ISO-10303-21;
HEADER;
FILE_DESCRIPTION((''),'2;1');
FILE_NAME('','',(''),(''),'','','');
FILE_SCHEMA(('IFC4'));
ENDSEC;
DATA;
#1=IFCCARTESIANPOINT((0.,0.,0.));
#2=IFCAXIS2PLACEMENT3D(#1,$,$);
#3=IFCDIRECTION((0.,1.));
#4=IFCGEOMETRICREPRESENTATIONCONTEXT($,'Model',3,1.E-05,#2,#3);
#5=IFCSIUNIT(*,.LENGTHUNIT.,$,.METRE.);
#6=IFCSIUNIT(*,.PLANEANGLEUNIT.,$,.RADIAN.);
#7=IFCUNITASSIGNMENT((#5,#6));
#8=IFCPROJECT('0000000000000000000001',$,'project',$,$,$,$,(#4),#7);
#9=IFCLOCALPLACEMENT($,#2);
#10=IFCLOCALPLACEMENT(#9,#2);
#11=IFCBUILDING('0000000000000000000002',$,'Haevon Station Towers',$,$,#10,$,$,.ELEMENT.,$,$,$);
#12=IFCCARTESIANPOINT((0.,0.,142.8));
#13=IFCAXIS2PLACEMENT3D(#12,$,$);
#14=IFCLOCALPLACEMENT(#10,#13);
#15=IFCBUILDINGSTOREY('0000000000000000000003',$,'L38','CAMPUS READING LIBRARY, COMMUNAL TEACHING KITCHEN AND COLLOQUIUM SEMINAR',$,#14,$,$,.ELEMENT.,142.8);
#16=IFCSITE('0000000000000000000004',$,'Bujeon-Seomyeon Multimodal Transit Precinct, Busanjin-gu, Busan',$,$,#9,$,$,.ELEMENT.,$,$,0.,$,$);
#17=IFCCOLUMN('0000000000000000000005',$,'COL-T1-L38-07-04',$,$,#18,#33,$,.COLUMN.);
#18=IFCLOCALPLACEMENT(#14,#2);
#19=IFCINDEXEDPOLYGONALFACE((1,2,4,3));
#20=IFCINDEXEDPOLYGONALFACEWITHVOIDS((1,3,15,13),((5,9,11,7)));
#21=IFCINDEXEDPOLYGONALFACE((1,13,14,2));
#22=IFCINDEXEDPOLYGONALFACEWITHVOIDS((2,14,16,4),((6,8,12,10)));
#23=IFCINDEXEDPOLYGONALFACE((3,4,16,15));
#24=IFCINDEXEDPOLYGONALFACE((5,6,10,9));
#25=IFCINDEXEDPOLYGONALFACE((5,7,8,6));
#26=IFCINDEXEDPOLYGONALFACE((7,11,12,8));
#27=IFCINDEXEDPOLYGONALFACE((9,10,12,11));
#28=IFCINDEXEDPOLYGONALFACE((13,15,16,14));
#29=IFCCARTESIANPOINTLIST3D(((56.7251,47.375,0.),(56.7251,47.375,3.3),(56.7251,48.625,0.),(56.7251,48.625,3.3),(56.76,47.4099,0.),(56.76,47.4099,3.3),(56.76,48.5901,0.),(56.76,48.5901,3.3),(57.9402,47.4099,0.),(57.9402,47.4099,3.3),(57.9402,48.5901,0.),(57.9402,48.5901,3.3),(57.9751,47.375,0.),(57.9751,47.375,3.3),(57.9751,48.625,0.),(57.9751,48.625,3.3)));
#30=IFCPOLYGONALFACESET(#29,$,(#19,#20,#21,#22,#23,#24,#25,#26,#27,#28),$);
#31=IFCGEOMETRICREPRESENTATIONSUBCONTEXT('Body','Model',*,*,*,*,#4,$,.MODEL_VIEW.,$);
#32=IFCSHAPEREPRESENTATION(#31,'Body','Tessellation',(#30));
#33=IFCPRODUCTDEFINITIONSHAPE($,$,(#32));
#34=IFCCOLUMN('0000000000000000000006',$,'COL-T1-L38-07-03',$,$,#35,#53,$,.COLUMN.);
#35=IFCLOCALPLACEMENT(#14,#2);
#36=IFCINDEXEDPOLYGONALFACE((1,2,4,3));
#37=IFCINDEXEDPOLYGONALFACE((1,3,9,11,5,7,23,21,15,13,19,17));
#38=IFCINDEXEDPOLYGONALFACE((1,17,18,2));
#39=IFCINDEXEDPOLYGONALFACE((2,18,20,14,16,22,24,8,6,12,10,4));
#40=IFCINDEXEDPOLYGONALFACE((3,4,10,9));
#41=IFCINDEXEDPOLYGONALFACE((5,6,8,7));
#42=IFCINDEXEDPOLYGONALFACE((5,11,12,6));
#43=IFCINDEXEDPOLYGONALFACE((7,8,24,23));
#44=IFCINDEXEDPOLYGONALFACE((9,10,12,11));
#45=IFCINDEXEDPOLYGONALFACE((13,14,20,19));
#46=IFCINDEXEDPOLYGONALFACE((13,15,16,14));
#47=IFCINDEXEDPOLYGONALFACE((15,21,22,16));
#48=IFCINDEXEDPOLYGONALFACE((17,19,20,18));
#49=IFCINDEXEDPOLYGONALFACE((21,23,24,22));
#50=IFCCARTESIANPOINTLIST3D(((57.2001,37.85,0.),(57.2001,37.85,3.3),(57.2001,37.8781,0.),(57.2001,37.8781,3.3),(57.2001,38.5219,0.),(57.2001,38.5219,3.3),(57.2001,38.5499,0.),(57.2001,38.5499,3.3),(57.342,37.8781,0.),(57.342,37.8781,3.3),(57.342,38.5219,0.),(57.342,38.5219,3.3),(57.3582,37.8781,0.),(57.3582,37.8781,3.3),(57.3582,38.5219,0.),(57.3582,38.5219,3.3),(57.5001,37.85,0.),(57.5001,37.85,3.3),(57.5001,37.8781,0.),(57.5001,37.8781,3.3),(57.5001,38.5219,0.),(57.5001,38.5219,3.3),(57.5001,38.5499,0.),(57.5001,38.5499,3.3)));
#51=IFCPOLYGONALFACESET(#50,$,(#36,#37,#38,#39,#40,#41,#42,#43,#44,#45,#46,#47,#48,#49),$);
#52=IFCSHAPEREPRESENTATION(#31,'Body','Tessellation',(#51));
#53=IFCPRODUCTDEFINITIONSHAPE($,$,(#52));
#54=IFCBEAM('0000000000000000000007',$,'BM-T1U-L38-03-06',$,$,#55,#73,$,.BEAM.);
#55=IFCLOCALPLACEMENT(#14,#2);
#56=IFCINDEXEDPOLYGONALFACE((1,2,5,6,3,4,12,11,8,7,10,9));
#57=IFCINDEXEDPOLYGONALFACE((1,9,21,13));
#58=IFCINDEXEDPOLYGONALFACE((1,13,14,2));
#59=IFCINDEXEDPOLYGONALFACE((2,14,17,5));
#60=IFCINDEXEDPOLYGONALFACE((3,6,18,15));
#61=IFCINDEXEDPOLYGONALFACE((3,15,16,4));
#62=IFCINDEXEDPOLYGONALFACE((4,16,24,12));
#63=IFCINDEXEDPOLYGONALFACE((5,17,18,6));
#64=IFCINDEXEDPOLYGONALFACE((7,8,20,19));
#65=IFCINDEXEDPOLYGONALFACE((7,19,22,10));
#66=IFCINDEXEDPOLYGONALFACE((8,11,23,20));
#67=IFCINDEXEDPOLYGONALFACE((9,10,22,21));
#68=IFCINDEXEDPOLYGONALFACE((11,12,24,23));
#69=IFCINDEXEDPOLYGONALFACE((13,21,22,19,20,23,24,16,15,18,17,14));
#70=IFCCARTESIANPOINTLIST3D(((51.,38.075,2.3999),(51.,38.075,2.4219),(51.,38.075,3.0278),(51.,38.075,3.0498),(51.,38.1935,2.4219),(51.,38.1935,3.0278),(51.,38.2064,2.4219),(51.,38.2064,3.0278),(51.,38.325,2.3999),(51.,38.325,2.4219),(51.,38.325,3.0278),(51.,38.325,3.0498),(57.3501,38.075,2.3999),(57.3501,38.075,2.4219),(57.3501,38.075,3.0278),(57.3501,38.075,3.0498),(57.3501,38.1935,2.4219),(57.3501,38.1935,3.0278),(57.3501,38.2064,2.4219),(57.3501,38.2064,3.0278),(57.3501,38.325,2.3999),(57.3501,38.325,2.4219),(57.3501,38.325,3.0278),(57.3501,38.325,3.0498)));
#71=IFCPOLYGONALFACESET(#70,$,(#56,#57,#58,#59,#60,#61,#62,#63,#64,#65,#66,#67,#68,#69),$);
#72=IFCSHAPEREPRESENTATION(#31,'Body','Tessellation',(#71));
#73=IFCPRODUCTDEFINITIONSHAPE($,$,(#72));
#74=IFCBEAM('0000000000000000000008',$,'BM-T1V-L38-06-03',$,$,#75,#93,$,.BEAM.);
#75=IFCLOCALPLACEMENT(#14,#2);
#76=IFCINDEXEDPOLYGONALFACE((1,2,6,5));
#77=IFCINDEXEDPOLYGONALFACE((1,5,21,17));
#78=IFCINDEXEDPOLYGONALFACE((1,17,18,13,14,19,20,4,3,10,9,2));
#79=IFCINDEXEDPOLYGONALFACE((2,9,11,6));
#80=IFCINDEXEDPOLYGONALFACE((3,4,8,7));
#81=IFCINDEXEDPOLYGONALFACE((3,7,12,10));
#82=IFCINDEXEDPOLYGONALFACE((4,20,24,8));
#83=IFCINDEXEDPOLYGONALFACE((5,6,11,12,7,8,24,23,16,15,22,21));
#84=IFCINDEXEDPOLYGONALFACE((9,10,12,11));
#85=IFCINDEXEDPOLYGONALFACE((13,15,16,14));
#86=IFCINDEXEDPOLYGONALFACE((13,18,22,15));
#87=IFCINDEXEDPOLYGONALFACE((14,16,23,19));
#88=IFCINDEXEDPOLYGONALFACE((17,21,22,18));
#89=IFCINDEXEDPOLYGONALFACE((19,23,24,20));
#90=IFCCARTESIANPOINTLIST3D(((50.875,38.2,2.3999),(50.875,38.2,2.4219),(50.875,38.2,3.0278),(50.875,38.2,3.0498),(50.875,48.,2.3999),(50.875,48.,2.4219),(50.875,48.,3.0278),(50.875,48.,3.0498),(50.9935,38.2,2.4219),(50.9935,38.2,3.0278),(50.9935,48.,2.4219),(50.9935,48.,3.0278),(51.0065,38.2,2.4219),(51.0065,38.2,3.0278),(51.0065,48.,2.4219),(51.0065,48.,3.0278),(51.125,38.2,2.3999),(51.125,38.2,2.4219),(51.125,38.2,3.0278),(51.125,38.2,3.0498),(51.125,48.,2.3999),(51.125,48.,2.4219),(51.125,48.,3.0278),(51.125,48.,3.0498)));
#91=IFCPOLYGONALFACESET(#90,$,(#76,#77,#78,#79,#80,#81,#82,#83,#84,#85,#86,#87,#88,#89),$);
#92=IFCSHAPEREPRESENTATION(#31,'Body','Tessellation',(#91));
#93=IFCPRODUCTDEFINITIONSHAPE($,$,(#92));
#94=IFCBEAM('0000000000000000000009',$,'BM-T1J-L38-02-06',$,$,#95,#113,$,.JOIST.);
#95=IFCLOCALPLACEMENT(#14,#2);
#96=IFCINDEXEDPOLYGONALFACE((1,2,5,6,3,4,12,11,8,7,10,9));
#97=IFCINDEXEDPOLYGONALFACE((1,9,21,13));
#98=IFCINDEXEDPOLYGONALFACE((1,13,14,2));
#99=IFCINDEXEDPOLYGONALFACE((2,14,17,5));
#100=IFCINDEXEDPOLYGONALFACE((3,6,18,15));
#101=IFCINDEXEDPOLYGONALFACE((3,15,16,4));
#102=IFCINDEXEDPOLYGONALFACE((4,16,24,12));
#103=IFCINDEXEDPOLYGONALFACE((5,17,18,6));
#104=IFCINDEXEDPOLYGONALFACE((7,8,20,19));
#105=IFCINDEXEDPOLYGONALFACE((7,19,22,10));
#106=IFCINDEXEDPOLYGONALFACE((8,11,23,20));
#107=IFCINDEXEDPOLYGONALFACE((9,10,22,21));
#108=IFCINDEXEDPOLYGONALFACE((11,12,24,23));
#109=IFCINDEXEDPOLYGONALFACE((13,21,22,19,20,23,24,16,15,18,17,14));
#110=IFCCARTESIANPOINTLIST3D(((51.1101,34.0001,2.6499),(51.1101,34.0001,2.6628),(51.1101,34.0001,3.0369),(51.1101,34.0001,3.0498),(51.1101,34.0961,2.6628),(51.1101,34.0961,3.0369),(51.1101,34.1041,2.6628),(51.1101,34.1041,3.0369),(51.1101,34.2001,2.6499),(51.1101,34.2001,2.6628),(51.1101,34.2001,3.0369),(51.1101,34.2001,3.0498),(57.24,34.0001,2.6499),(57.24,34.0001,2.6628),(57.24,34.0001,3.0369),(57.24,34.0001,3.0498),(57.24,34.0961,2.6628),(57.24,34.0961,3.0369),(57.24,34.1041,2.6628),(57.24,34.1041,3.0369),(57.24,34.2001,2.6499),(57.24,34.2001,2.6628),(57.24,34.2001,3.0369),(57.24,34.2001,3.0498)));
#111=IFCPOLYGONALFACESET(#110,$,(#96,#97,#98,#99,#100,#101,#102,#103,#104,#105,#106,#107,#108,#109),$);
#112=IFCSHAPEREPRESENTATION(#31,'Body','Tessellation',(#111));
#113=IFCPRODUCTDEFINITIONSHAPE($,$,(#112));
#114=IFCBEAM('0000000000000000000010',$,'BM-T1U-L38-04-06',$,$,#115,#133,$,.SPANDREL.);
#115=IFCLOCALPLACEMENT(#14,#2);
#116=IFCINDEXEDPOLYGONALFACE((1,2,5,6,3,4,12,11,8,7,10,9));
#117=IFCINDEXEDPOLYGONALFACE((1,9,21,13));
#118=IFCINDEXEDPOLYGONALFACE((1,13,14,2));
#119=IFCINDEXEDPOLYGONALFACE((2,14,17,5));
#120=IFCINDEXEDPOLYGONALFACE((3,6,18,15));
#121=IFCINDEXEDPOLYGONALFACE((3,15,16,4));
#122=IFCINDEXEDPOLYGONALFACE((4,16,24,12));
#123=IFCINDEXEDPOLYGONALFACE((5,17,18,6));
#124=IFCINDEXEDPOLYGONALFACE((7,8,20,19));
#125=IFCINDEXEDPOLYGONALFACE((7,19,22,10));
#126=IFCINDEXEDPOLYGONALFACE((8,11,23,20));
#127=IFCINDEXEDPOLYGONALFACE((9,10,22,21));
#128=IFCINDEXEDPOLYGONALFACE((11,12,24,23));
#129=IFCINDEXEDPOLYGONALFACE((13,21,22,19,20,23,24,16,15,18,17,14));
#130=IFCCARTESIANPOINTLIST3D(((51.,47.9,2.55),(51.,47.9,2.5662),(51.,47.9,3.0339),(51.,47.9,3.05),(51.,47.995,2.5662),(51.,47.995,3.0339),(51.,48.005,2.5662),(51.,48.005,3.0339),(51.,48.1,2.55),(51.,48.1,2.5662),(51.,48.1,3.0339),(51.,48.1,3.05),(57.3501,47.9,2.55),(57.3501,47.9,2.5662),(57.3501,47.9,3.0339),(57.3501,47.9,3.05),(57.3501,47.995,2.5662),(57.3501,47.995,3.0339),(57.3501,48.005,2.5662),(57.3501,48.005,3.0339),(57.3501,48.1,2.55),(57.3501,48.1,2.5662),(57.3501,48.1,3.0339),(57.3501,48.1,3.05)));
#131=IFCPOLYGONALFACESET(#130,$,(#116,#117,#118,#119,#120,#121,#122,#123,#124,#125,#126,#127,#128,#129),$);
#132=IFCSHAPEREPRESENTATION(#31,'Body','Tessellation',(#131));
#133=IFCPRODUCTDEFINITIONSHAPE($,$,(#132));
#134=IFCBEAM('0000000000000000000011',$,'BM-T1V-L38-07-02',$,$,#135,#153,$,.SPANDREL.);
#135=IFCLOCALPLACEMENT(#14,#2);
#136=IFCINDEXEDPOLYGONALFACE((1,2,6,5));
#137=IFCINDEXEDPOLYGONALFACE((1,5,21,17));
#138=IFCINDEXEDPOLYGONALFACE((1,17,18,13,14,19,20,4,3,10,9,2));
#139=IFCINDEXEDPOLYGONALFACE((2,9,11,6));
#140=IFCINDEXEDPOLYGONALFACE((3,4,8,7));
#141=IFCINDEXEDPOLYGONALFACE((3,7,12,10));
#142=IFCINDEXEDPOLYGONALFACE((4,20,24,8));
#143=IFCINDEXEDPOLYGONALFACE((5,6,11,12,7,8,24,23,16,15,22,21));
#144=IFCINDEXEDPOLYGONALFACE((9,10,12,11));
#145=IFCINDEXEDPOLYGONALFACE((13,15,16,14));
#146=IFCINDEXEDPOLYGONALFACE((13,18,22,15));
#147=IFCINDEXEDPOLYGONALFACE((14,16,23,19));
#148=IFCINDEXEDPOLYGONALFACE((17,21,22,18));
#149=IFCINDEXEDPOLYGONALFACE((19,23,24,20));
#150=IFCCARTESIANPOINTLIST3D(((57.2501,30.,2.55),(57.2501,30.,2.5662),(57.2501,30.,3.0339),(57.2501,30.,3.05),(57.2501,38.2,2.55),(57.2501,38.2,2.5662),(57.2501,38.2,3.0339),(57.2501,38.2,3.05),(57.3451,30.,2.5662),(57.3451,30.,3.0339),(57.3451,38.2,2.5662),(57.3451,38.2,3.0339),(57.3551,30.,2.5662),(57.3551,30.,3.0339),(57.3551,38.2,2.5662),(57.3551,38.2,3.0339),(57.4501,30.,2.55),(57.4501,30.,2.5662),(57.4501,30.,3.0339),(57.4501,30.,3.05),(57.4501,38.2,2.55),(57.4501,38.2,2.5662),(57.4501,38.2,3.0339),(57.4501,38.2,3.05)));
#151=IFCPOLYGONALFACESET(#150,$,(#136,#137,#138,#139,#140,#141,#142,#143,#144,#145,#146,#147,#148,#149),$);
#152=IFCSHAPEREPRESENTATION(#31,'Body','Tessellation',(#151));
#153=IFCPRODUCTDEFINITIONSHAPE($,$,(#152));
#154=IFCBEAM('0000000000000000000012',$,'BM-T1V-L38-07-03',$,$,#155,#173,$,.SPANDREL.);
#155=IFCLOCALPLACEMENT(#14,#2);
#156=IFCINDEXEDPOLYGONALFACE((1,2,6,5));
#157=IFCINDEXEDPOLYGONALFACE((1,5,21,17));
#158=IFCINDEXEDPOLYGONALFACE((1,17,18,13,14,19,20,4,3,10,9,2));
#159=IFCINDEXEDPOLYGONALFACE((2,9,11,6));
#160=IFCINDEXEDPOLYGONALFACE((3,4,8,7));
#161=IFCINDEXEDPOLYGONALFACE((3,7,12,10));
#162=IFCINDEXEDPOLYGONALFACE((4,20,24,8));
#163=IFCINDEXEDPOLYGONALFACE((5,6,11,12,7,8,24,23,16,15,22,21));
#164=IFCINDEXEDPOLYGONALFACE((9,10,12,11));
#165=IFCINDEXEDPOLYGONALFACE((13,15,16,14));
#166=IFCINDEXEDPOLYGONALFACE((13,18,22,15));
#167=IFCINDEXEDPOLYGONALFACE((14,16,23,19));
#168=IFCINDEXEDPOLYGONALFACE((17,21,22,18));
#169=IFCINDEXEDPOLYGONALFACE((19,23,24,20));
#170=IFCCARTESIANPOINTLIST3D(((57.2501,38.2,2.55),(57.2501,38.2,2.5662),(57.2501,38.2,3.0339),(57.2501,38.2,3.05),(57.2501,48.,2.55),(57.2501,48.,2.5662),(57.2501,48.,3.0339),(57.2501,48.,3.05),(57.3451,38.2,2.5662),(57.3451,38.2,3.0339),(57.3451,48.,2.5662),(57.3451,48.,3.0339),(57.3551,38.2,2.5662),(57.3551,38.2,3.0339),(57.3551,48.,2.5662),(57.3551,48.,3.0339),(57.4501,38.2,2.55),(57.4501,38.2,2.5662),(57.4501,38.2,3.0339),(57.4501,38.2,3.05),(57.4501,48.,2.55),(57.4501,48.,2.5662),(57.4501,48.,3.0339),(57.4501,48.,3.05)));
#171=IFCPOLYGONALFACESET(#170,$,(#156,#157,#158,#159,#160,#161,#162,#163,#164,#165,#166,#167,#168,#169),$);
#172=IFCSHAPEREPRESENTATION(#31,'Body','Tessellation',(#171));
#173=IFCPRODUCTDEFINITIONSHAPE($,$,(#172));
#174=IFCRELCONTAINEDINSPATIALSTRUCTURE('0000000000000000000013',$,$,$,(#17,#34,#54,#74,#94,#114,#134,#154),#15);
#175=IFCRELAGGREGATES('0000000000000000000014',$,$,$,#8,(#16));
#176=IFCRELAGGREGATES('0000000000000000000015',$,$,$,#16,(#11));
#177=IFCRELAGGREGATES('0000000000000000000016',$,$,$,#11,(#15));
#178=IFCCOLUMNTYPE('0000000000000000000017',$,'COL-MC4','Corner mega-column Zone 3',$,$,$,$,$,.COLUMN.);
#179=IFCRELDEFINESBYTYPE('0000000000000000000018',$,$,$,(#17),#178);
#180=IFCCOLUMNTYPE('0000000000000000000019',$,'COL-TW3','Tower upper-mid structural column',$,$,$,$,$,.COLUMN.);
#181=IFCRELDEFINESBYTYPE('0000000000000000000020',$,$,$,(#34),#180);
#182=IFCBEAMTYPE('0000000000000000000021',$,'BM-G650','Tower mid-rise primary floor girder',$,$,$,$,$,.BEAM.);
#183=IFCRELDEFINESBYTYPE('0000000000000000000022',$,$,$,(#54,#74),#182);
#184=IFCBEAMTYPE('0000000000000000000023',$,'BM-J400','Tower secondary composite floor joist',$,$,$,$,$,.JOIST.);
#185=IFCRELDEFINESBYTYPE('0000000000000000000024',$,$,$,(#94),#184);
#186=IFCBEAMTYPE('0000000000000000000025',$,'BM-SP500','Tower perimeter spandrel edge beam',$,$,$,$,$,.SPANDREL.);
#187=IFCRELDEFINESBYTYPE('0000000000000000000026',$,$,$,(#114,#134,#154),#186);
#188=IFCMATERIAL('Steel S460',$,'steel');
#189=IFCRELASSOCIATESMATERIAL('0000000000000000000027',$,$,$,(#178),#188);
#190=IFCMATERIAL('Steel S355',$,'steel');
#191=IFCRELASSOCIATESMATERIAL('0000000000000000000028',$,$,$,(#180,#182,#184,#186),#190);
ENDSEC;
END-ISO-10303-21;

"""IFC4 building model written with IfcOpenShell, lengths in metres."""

from ifc_helpers import new_model, si_unit, direction, frame, origin, origin_2d, place, context, subcontext, project, spatial, hollow_rectangle, i_section, extrude, material, material_profile, profile_set, type_object, element, save


model = new_model("IFC4")

# Units and contexts
model_context = context("Model", 3, precision=1e-05, world=origin(), true_north=direction((0.0, 1.0)))
body_context = subcontext(model_context, "Body", "Model", "MODEL_VIEW")
ifc_project = project(units=[si_unit("LENGTHUNIT", "METRE"), si_unit("PLANEANGLEUNIT", "RADIAN")], contexts=[model_context])

# Site, building, storey
site_placement = place(None, origin())
site = spatial("IfcSite", under=ifc_project, at=site_placement, Name="Bujeon-Seomyeon Multimodal Transit Precinct, Busanjin-gu, Busan", CompositionType="ELEMENT", RefElevation=0.0)
building_placement = place(site_placement, origin())
building = spatial("IfcBuilding", under=site, at=building_placement, Name="Haevon Station Towers", CompositionType="ELEMENT")
storey_placement = place(building_placement, frame((0.0, 0.0, 142.8)))
storey = spatial("IfcBuildingStorey", under=building, at=storey_placement, Name="L38", Description="CAMPUS READING LIBRARY, COMMUNAL TEACHING KITCHEN AND COLLOQUIUM SEMINAR", CompositionType="ELEMENT", Elevation=142.8)

# Columns
ifc_material_1 = material(Name="Steel S460", Category="steel")
ifc_material_profile_1 = material_profile(ifc_material_1, hollow_rectangle(XDim=1.25, YDim=1.25, WallThickness=0.0349, at=origin_2d()), Name="BOX-1250x1250x35")
ifc_profile_set_1 = profile_set([ifc_material_profile_1], Name="Steel S460")
column_type_1 = type_object("IfcColumnType", Name="COL-MC4", Description="Corner mega-column Zone 3", PredefinedType="COLUMN", material=ifc_profile_set_1)
column_1_placement = place(storey_placement, frame((57.3501, 48.0, 0.0), z_axis=(0.0, 0.0, 1.0), x_axis=(1.0, 0.0, 0.0)))
element("IfcColumn", 1, at=column_1_placement, inside=storey, type_object=column_type_1, Name="COL-T1-L38-07-04", PredefinedType="COLUMN", context=body_context, shape_type="SweptSolid", body=[
    extrude(hollow_rectangle(XDim=1.25, YDim=1.25, WallThickness=0.0349, at=origin_2d()), origin(), (0.0, 0.0, 1.0), 3.3),
])
ifc_material_2 = material(Name="Steel S355", Category="steel")
ifc_material_profile_2 = material_profile(ifc_material_2, i_section(OverallWidth=0.3, OverallDepth=0.7, WebThickness=0.0161, FlangeThickness=0.0281, at=origin_2d()), Name="H-700x300x16x28")
ifc_profile_set_2 = profile_set([ifc_material_profile_2], Name="Steel S355")
column_type_2 = type_object("IfcColumnType", Name="COL-TW3", Description="Tower upper-mid structural column", PredefinedType="COLUMN", material=ifc_profile_set_2)
column_2_placement = place(storey_placement, frame((57.3501, 38.2, 0.0), z_axis=(0.0, 0.0, 1.0), x_axis=(1.0, 0.0, 0.0)))
element("IfcColumn", 2, at=column_2_placement, inside=storey, type_object=column_type_2, Name="COL-T1-L38-07-03", PredefinedType="COLUMN", context=body_context, shape_type="SweptSolid", body=[
    extrude(i_section(OverallWidth=0.3, OverallDepth=0.7, WebThickness=0.0161, FlangeThickness=0.0281, at=origin_2d()), origin(), (0.0, 0.0, 1.0), 3.3),
])

# Beams
ifc_material_profile_3 = material_profile(ifc_material_2, i_section(OverallWidth=0.25, OverallDepth=0.6499, WebThickness=0.0129, FlangeThickness=0.022, at=origin_2d()), Name="H-650x250x13x22")
ifc_profile_set_3 = profile_set([ifc_material_profile_3], Name="Steel S355")
beam_type_1 = type_object("IfcBeamType", Name="BM-G650", Description="Tower mid-rise primary floor girder", PredefinedType="BEAM", material=ifc_profile_set_3)
beam_1_placement = place(storey_placement, frame((51.0, 38.2, 2.7249), z_axis=(1.0, 0.0, 0.0), x_axis=(0.0, 1.0, 0.0)))
element("IfcBeam", 3, at=beam_1_placement, inside=storey, type_object=beam_type_1, Name="BM-T1U-L38-03-06", PredefinedType="BEAM", context=body_context, shape_type="SweptSolid", body=[
    extrude(i_section(OverallWidth=0.25, OverallDepth=0.6499, WebThickness=0.0129, FlangeThickness=0.022, at=origin_2d()), origin(), (0.0, 0.0, 1.0), 6.3501),
])
beam_2_placement = place(storey_placement, frame((51.0, 38.2, 2.7249), z_axis=(0.0, 1.0, 0.0), x_axis=(-1.0, 0.0, 0.0)))
element("IfcBeam", 4, at=beam_2_placement, inside=storey, type_object=beam_type_1, Name="BM-T1V-L38-06-03", PredefinedType="BEAM", context=body_context, shape_type="SweptSolid", body=[
    extrude(i_section(OverallWidth=0.25, OverallDepth=0.6499, WebThickness=0.0129, FlangeThickness=0.022, at=origin_2d()), origin(), (0.0, 0.0, 1.0), 9.8),
])
ifc_material_profile_4 = material_profile(ifc_material_2, i_section(OverallWidth=0.2, OverallDepth=0.3999, WebThickness=0.0081, FlangeThickness=0.0129, at=origin_2d()), Name="H-400x200x8x13")
ifc_profile_set_4 = profile_set([ifc_material_profile_4], Name="Steel S355")
beam_type_2 = type_object("IfcBeamType", Name="BM-J400", Description="Tower secondary composite floor joist", PredefinedType="JOIST", material=ifc_profile_set_4)
beam_3_placement = place(storey_placement, frame((51.1101, 34.1001, 2.8499), z_axis=(1.0, 0.0, 0.0), x_axis=(0.0, 1.0, 0.0)))
element("IfcBeam", 5, at=beam_3_placement, inside=storey, type_object=beam_type_2, Name="BM-T1J-L38-02-06", PredefinedType="JOIST", context=body_context, shape_type="SweptSolid", body=[
    extrude(i_section(OverallWidth=0.2, OverallDepth=0.3999, WebThickness=0.0081, FlangeThickness=0.0129, at=origin_2d()), origin(), (0.0, 0.0, 1.0), 6.1299),
])
ifc_material_profile_5 = material_profile(ifc_material_2, i_section(OverallWidth=0.2, OverallDepth=0.5, WebThickness=0.01, FlangeThickness=0.0161, at=origin_2d()), Name="H-500x200x10x16")
ifc_profile_set_5 = profile_set([ifc_material_profile_5], Name="Steel S355")
beam_type_3 = type_object("IfcBeamType", Name="BM-SP500", Description="Tower perimeter spandrel edge beam", PredefinedType="SPANDREL", material=ifc_profile_set_5)
beam_4_placement = place(storey_placement, frame((51.0, 48.0, 2.8), z_axis=(1.0, 0.0, 0.0), x_axis=(0.0, 1.0, 0.0)))
element("IfcBeam", 6, at=beam_4_placement, inside=storey, type_object=beam_type_3, Name="BM-T1U-L38-04-06", PredefinedType="SPANDREL", context=body_context, shape_type="SweptSolid", body=[
    extrude(i_section(OverallWidth=0.2, OverallDepth=0.5, WebThickness=0.01, FlangeThickness=0.0161, at=origin_2d()), origin(), (0.0, 0.0, 1.0), 6.3501),
])
beam_5_placement = place(storey_placement, frame((57.3501, 30.0, 2.8), z_axis=(0.0, 1.0, 0.0), x_axis=(-1.0, 0.0, 0.0)))
element("IfcBeam", 7, at=beam_5_placement, inside=storey, type_object=beam_type_3, Name="BM-T1V-L38-07-02", PredefinedType="SPANDREL", context=body_context, shape_type="SweptSolid", body=[
    extrude(i_section(OverallWidth=0.2, OverallDepth=0.5, WebThickness=0.01, FlangeThickness=0.0161, at=origin_2d()), origin(), (0.0, 0.0, 1.0), 8.2),
])
beam_6_placement = place(storey_placement, frame((57.3501, 38.2, 2.8), z_axis=(0.0, 1.0, 0.0), x_axis=(-1.0, 0.0, 0.0)))
element("IfcBeam", 8, at=beam_6_placement, inside=storey, type_object=beam_type_3, Name="BM-T1V-L38-07-03", PredefinedType="SPANDREL", context=body_context, shape_type="SweptSolid", body=[
    extrude(i_section(OverallWidth=0.2, OverallDepth=0.5, WebThickness=0.01, FlangeThickness=0.0161, at=origin_2d()), origin(), (0.0, 0.0, 1.0), 9.8),
])

save(model, "model.ifc")
